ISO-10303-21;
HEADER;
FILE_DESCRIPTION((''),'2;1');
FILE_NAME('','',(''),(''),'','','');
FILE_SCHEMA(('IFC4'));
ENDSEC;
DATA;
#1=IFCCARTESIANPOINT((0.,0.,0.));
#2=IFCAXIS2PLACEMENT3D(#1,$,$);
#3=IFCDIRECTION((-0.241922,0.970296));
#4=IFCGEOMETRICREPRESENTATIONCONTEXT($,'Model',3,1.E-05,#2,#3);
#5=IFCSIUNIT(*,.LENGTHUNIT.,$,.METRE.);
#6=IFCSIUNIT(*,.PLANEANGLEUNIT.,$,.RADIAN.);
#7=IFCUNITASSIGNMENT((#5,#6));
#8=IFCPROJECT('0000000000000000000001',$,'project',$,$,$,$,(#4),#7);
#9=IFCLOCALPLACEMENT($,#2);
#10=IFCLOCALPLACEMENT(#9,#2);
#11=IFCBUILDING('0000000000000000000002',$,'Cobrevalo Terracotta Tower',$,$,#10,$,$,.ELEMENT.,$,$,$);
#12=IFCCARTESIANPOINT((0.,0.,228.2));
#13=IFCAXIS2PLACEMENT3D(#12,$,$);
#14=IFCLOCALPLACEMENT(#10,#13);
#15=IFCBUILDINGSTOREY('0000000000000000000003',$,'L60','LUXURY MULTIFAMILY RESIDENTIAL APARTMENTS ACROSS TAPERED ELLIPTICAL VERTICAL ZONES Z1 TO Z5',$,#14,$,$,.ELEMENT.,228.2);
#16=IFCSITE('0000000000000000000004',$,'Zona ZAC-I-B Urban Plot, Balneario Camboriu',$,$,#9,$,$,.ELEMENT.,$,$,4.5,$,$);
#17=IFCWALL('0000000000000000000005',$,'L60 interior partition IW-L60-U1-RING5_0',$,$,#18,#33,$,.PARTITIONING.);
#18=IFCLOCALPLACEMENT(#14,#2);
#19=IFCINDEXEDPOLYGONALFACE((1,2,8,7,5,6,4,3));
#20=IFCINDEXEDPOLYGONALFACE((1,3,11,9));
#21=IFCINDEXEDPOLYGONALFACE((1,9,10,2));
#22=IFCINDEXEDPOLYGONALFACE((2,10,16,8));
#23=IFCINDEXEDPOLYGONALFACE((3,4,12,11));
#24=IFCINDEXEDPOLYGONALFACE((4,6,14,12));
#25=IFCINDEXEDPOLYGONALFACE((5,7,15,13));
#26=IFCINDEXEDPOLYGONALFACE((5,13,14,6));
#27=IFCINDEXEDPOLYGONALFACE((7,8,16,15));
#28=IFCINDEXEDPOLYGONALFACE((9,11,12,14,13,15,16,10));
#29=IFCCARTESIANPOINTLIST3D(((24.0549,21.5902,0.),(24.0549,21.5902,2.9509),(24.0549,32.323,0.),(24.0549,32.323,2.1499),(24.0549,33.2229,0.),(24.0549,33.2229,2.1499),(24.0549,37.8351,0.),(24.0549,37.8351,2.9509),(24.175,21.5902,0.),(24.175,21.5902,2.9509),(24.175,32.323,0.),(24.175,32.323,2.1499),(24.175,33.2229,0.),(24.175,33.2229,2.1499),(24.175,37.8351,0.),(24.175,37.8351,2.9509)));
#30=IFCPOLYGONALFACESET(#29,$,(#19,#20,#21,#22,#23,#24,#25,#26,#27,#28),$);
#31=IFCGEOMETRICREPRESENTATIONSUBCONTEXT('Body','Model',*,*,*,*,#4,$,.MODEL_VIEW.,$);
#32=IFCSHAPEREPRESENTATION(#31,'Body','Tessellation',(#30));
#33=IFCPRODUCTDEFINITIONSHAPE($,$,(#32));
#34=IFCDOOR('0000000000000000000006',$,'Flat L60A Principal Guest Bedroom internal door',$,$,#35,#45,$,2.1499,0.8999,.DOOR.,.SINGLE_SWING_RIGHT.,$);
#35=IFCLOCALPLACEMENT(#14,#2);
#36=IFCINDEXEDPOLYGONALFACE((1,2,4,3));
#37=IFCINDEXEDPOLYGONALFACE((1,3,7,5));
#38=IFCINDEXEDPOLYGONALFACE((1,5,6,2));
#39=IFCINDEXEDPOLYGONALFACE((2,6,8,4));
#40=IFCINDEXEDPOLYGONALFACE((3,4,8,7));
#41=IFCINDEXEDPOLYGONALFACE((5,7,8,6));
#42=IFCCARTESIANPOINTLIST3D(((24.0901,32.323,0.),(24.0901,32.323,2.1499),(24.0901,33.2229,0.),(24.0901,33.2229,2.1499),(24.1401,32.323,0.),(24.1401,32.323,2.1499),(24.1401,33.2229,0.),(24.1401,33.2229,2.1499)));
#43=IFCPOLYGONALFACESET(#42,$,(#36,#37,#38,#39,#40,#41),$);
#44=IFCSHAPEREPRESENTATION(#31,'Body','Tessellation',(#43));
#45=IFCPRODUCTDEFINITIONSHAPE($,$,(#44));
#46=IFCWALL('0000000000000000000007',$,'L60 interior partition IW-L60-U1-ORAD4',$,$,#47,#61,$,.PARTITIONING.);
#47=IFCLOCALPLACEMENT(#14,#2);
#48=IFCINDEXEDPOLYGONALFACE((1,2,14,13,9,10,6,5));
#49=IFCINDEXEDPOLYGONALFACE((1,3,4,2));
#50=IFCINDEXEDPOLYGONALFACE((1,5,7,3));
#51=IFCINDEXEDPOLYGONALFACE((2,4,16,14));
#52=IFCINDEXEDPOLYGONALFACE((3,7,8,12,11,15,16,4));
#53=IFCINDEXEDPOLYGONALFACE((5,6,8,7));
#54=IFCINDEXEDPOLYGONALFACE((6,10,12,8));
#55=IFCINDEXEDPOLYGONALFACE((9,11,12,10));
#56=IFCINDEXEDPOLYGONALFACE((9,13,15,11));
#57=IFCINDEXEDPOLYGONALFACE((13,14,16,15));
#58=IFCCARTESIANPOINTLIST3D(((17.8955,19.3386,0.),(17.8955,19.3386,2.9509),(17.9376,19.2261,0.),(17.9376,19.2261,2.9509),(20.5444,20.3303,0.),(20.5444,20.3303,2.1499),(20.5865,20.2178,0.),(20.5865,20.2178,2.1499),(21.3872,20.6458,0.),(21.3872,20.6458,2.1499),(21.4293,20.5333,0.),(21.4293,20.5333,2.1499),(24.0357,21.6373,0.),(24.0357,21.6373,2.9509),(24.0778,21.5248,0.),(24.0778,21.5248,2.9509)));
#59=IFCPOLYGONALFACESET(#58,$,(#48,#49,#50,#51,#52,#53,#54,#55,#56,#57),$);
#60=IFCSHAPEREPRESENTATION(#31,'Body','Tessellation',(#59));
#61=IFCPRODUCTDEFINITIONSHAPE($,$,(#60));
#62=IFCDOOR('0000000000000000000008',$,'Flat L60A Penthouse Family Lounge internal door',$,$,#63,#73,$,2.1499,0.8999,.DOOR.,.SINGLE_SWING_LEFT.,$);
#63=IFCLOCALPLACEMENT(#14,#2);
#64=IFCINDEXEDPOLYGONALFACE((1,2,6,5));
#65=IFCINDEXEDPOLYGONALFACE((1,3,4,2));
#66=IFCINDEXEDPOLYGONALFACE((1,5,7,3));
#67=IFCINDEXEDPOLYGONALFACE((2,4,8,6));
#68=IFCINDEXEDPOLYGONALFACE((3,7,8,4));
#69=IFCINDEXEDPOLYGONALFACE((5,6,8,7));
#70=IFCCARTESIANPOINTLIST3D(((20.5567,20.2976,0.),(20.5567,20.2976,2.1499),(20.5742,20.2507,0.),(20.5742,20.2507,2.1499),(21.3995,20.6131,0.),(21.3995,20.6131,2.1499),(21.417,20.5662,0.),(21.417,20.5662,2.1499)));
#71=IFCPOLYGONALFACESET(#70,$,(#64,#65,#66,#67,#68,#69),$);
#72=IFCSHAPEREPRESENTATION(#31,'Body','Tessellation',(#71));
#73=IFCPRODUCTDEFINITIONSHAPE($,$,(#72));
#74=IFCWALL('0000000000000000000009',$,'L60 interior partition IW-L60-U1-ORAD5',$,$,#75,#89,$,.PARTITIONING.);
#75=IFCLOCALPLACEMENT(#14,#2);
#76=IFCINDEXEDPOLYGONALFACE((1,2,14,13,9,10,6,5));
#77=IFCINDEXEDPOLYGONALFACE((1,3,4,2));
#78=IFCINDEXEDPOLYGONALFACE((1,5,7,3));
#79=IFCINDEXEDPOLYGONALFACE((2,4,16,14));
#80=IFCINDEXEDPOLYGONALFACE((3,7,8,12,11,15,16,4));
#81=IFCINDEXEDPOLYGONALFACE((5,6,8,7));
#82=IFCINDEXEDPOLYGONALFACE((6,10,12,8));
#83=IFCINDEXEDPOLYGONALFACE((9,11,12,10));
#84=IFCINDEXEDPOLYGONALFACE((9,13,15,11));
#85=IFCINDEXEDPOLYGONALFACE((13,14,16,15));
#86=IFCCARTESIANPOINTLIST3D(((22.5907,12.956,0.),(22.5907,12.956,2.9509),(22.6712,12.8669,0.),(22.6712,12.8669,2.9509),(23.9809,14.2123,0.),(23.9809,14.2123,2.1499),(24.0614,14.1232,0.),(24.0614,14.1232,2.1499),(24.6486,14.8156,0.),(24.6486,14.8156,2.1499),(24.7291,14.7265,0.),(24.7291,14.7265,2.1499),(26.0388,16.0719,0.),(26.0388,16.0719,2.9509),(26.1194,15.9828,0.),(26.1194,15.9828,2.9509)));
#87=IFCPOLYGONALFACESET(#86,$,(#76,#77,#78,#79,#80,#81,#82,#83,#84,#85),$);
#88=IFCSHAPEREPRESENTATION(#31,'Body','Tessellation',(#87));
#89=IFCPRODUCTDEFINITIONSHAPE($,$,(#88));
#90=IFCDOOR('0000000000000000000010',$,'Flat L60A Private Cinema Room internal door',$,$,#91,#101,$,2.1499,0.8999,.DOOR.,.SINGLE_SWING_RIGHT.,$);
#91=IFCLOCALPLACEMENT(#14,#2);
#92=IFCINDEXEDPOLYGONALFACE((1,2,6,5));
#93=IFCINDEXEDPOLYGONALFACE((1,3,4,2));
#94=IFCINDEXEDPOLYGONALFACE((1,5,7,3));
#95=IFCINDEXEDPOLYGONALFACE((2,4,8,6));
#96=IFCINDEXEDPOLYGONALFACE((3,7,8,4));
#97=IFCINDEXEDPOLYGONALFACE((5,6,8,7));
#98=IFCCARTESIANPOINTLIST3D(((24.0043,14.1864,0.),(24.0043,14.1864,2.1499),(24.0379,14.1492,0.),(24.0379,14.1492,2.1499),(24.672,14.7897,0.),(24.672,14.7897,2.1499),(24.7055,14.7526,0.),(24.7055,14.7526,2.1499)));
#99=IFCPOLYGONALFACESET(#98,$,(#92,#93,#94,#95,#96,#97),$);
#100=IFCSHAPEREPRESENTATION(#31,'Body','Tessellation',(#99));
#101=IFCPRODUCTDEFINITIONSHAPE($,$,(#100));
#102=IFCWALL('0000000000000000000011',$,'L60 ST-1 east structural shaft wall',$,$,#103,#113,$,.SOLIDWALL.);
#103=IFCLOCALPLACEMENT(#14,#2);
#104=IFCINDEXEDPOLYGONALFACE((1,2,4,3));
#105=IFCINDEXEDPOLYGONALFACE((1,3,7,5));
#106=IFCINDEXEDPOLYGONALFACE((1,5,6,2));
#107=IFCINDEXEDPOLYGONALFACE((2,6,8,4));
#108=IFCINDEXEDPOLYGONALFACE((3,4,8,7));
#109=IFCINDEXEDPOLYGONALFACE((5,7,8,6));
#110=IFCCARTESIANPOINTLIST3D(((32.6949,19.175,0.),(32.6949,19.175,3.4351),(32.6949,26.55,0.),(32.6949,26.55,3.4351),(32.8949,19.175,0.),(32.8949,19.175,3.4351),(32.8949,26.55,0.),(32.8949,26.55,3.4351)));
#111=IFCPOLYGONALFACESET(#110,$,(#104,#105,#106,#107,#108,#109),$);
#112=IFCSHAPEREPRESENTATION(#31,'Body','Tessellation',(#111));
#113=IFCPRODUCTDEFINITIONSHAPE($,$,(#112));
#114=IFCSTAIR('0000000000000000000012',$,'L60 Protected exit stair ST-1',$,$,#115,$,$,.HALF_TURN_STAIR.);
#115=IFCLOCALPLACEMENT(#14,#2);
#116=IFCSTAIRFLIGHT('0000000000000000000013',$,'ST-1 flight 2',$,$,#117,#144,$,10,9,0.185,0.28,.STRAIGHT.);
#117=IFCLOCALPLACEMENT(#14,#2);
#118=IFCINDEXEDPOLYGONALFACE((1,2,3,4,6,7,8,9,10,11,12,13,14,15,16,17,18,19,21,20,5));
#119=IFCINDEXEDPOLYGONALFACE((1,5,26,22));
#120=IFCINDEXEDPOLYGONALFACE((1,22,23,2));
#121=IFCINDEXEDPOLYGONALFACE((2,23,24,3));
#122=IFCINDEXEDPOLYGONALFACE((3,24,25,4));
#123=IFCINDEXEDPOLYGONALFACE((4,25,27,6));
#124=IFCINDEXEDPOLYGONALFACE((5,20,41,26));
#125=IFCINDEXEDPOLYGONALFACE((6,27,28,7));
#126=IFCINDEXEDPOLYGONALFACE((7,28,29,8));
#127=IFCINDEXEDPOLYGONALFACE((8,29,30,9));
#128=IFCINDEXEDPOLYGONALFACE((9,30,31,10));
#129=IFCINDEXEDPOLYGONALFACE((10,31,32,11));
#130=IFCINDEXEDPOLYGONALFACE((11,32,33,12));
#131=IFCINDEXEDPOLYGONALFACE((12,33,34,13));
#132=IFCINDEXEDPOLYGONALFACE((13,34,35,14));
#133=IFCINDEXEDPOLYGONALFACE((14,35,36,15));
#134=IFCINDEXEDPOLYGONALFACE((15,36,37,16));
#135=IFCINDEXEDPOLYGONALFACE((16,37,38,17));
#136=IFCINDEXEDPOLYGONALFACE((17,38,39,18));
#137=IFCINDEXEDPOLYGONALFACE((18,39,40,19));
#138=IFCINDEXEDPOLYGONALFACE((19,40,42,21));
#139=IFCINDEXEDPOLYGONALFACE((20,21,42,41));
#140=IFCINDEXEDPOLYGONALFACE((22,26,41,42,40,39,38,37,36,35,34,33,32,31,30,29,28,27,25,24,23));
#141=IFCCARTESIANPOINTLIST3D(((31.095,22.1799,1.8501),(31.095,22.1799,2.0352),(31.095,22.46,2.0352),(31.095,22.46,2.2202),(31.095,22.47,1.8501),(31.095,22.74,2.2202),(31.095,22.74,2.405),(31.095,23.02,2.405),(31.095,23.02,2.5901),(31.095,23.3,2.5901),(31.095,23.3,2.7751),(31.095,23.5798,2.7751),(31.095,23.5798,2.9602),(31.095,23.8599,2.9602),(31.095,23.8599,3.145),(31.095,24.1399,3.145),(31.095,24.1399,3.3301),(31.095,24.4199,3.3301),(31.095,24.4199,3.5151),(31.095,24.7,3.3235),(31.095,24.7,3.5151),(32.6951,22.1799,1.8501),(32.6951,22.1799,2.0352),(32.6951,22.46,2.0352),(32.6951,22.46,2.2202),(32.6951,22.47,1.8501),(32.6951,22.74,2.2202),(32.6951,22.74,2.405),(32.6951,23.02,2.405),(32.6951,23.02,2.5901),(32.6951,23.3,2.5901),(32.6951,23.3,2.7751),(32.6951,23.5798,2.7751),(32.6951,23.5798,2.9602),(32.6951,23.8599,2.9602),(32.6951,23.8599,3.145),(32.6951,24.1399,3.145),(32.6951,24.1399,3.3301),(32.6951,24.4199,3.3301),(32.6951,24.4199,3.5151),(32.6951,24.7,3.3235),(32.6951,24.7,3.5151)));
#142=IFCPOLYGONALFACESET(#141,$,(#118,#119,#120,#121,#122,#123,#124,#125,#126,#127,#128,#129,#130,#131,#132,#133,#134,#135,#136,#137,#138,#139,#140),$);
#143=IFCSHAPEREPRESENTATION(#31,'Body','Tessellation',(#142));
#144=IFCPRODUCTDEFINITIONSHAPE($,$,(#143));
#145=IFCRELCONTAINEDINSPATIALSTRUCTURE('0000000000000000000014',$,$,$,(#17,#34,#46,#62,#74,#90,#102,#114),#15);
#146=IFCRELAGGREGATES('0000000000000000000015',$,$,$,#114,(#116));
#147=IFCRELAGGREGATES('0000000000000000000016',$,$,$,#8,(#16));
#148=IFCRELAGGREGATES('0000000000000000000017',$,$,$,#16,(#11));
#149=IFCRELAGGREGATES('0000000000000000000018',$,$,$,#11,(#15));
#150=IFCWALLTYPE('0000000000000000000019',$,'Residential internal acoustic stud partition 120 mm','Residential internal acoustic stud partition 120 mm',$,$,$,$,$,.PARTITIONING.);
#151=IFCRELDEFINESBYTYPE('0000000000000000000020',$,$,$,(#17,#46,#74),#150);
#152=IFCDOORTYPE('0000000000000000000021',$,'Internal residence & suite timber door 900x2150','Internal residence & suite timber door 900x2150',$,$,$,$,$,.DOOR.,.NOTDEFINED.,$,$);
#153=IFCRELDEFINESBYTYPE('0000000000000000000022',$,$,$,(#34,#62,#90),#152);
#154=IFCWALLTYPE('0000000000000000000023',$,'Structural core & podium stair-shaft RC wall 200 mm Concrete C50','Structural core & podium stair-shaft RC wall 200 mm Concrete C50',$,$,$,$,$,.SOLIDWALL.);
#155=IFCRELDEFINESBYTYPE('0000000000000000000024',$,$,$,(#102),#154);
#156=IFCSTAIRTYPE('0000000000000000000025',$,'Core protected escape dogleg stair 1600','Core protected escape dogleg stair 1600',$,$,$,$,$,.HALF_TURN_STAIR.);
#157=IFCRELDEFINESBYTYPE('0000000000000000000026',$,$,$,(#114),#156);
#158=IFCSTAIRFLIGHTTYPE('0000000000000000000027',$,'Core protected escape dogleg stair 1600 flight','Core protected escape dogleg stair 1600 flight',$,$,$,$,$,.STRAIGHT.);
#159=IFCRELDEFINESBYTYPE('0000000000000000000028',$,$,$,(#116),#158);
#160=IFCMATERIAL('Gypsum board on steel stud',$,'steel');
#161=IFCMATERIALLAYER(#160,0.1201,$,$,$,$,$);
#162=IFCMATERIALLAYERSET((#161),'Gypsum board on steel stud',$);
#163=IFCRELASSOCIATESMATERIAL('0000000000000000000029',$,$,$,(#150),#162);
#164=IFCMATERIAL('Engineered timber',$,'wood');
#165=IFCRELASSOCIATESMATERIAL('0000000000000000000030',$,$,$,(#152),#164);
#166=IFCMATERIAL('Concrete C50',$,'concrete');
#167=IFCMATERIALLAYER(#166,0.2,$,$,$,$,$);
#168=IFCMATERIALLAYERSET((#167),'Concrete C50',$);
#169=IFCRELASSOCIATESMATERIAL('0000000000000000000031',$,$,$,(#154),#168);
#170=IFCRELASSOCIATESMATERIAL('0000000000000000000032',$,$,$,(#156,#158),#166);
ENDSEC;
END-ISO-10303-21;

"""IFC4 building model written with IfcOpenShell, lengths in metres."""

from ifc_helpers import new_model, si_unit, direction, frame, frame_2d, origin, place, context, subcontext, project, spatial, polyline, rectangle, outline, extrude, source, transform, mapped, material, layer, layer_set, type_object, element, fill, aggregate, save


model = new_model("IFC4")

# Units and contexts
model_context = context("Model", 3, precision=1e-05, world=origin(), true_north=direction((-0.241922, 0.970296)))
body_context = subcontext(model_context, "Body", "Model", "MODEL_VIEW")
ifc_project = project(units=[si_unit("LENGTHUNIT", "METRE"), si_unit("PLANEANGLEUNIT", "RADIAN")], contexts=[model_context])

# Site, building, storey
site_placement = place(None, origin())
site = spatial("IfcSite", under=ifc_project, at=site_placement, Name="Zona ZAC-I-B Urban Plot, Balneario Camboriu", CompositionType="ELEMENT", RefElevation=4.5)
building_placement = place(site_placement, origin())
building = spatial("IfcBuilding", under=site, at=building_placement, Name="Cobrevalo Terracotta Tower", CompositionType="ELEMENT")
storey_placement = place(building_placement, frame((0.0, 0.0, 228.2)))
storey = spatial("IfcBuildingStorey", under=building, at=storey_placement, Name="L60", Description="LUXURY MULTIFAMILY RESIDENTIAL APARTMENTS ACROSS TAPERED ELLIPTICAL VERTICAL ZONES Z1 TO Z5", CompositionType="ELEMENT", Elevation=228.2)

# Shared definitions
ifc_material_1 = material(Name="Concrete C50", Category="concrete")

# Shared definitions
ifc_material_2 = material(Name="Gypsum board on steel stud", Category="steel")
ifc_layer_1 = layer(ifc_material_2, 0.1201)
ifc_layer_set_1 = layer_set([ifc_layer_1], Name="Gypsum board on steel stud")
wall_type_1 = type_object("IfcWallType", Name="Residential internal acoustic stud partition 120 mm", Description="Residential internal acoustic stud partition 120 mm", PredefinedType="PARTITIONING", material=ifc_layer_set_1)

# Walls, openings, doors
wall_1_placement = place(storey_placement, frame((24.115, 21.5901, 0.0), z_axis=(0.0, 0.0, 1.0), x_axis=(0.0, 1.0, 0.0)))
wall_1 = element("IfcWall", 1, at=wall_1_placement, inside=storey, type_object=wall_type_1, Name="L60 interior partition IW-L60-U1-RING5_0", PredefinedType="PARTITIONING", context=body_context, shape_type="SweptSolid", body=[
    extrude(rectangle(XDim=16.2449, YDim=0.1201, at=frame_2d((8.1226, 0.0))), origin(), (0.0, 0.0, 1.0), 2.9509),
])
opening_1_placement = place(wall_1_placement, frame((10.7329, 0.0, 0.0)))
opening_1 = element("IfcOpeningElement", 2, at=opening_1_placement, cuts=wall_1, PredefinedType="OPENING", context=body_context, shape_type="SweptSolid", body=[
    extrude(rectangle(XDim=0.8999, YDim=2.1499, at=frame_2d((0.45, 1.075))), frame((0.0, 0.0701, 0.0), z_axis=(0.0, -1.0, 0.0), x_axis=(1.0, 0.0, 0.0)), (0.0, 0.0, 1.0), 0.1401),
])
ifc_material_3 = material(Name="Engineered timber", Category="wood")
door_type_1 = type_object("IfcDoorType", Name="Internal residence & suite timber door 900x2150", Description="Internal residence & suite timber door 900x2150", OperationType="NOTDEFINED", PredefinedType="DOOR", material=ifc_material_3)
shared_shape_1 = source(origin(), body_context, "Body", "SweptSolid", [
    extrude(rectangle(XDim=0.8999, YDim=2.1499, at=frame_2d((0.45, 1.075))), frame((0.0, 0.0249, 0.0), z_axis=(0.0, -1.0, 0.0), x_axis=(1.0, 0.0, 0.0)), (0.0, 0.0, 1.0), 0.05),
])
door_1_placement = place(opening_1_placement, origin())
door_1 = element("IfcDoor", 3, at=door_1_placement, inside=storey, type_object=door_type_1, Name="Flat L60A Principal Guest Bedroom internal door", OperationType="SINGLE_SWING_RIGHT", OverallHeight=2.1499, OverallWidth=0.8999, PredefinedType="DOOR", context=body_context, shape_type="MappedRepresentation", body=[
    mapped(shared_shape_1, transform((0.0, 0.0, 0.0), scale=1.0)),
])
fill(opening_1, door_1)
wall_2_placement = place(storey_placement, frame((24.0569, 21.5811, 0.0), z_axis=(0.0, 0.0, 1.0), x_axis=(-0.936528, -0.350593, 0.0)))
wall_2 = element("IfcWall", 4, at=wall_2_placement, inside=storey, type_object=wall_type_1, Name="L60 interior partition IW-L60-U1-ORAD4", PredefinedType="PARTITIONING", context=body_context, shape_type="SweptSolid", body=[
    extrude(rectangle(XDim=6.5564, YDim=0.1201, at=frame_2d((3.2783, 0.0))), origin(), (0.0, 0.0, 1.0), 2.9509),
])
opening_2_placement = place(wall_2_placement, frame((2.8281, 0.0, 0.0)))
opening_2 = element("IfcOpeningElement", 5, at=opening_2_placement, cuts=wall_2, PredefinedType="OPENING", context=body_context, shape_type="SweptSolid", body=[
    extrude(rectangle(XDim=0.8999, YDim=2.1499, at=frame_2d((0.45, 1.075))), frame((0.0, 0.0701, 0.0), z_axis=(0.0, -1.0, 0.0), x_axis=(1.0, 0.0, 0.0)), (0.0, 0.0, 1.0), 0.1401),
])
door_2_placement = place(opening_2_placement, origin())
door_2 = element("IfcDoor", 6, at=door_2_placement, inside=storey, type_object=door_type_1, Name="Flat L60A Penthouse Family Lounge internal door", OperationType="SINGLE_SWING_LEFT", OverallHeight=2.1499, OverallWidth=0.8999, PredefinedType="DOOR", context=body_context, shape_type="MappedRepresentation", body=[
    mapped(shared_shape_1, transform((0.0, 0.0, 0.0), scale=1.0)),
])
fill(opening_2, door_2)
wall_3_placement = place(storey_placement, frame((26.0791, 16.0273, 0.0), z_axis=(0.0, 0.0, 1.0), x_axis=(-0.74195, -0.670455, 0.0)))
wall_3 = element("IfcWall", 7, at=wall_3_placement, inside=storey, type_object=wall_type_1, Name="L60 interior partition IW-L60-U1-ORAD5", PredefinedType="PARTITIONING", context=body_context, shape_type="SweptSolid", body=[
    extrude(rectangle(XDim=4.6475, YDim=0.1201, at=frame_2d((2.3237, 0.0))), origin(), (0.0, 0.0, 1.0), 2.9509),
])
opening_3_placement = place(wall_3_placement, frame((1.8738, 0.0, 0.0)))
opening_3 = element("IfcOpeningElement", 8, at=opening_3_placement, cuts=wall_3, PredefinedType="OPENING", context=body_context, shape_type="SweptSolid", body=[
    extrude(rectangle(XDim=0.8999, YDim=2.1499, at=frame_2d((0.45, 1.075))), frame((0.0, 0.0701, 0.0), z_axis=(0.0, -1.0, 0.0), x_axis=(1.0, 0.0, 0.0)), (0.0, 0.0, 1.0), 0.1401),
])
door_3_placement = place(opening_3_placement, origin())
door_3 = element("IfcDoor", 9, at=door_3_placement, inside=storey, type_object=door_type_1, Name="Flat L60A Private Cinema Room internal door", OperationType="SINGLE_SWING_RIGHT", OverallHeight=2.1499, OverallWidth=0.8999, PredefinedType="DOOR", context=body_context, shape_type="MappedRepresentation", body=[
    mapped(shared_shape_1, transform((0.0, 0.0, 0.0), scale=1.0)),
])
fill(opening_3, door_3)

# Wall
ifc_layer_2 = layer(ifc_material_1, 0.2)
ifc_layer_set_2 = layer_set([ifc_layer_2], Name="Concrete C50")
wall_type_2 = type_object("IfcWallType", Name="Structural core & podium stair-shaft RC wall 200 mm Concrete C50", Description="Structural core & podium stair-shaft RC wall 200 mm Concrete C50", PredefinedType="SOLIDWALL", material=ifc_layer_set_2)
wall_4_placement = place(storey_placement, frame((32.7949, 19.175, 0.0), z_axis=(0.0, 0.0, 1.0), x_axis=(0.0, 1.0, 0.0)))
element("IfcWall", 10, at=wall_4_placement, inside=storey, type_object=wall_type_2, Name="L60 ST-1 east structural shaft wall", PredefinedType="SOLIDWALL", context=body_context, shape_type="SweptSolid", body=[
    extrude(rectangle(XDim=7.375, YDim=0.2, at=frame_2d((3.6875, 0.0))), origin(), (0.0, 0.0, 1.0), 3.4351),
])

# Stair, stair flight
stair_type = type_object("IfcStairType", Name="Core protected escape dogleg stair 1600", Description="Core protected escape dogleg stair 1600", PredefinedType="HALF_TURN_STAIR", material=ifc_material_1)
stair_placement = place(storey_placement, origin())
stair = element("IfcStair", 11, at=stair_placement, inside=storey, type_object=stair_type, Name="L60 Protected exit stair ST-1", PredefinedType="HALF_TURN_STAIR")
stair_flight_type = type_object("IfcStairFlightType", Name="Core protected escape dogleg stair 1600 flight", Description="Core protected escape dogleg stair 1600 flight", PredefinedType="STRAIGHT", material=ifc_material_1)
stair_flight_placement = place(storey_placement, frame((31.895, 22.1799, 1.8501), z_axis=(0.0, 0.0, 1.0), x_axis=(0.0, 1.0, 0.0)))
stair_flight = element("IfcStairFlight", 12, at=stair_flight_placement, type_object=stair_flight_type, Name="ST-1 flight 2", NumberOfRisers=10, NumberOfTreads=9, PredefinedType="STRAIGHT", RiserHeight=0.185, TreadLength=0.28, context=body_context, shape_type="SweptSolid", body=[
    extrude(outline(polyline([(0.0, 0.0), (0.0, 0.1851), (0.28, 0.1851), (0.28, 0.3701), (0.5601, 0.3701), (0.5601, 0.5549), (0.8401, 0.5549), (0.8401, 0.74), (1.1201, 0.74), (1.1201, 0.925), (1.3999, 0.925), (1.3999, 1.1101), (1.6799, 1.1101), (1.6799, 1.2949), (1.96, 1.2949), (1.96, 1.48), (2.24, 1.48), (2.24, 1.665), (2.52, 1.665), (2.52, 1.8501), (2.52, 1.4734), (0.29, 0.0), (0.0, 0.0)])), frame((0.0, 0.8, 0.0), z_axis=(0.0, -1.0, 0.0), x_axis=(1.0, 0.0, 0.0)), (0.0, 0.0, 1.0), 1.6001),
])
aggregate(stair, [stair_flight])

save(model, "model.ifc")
